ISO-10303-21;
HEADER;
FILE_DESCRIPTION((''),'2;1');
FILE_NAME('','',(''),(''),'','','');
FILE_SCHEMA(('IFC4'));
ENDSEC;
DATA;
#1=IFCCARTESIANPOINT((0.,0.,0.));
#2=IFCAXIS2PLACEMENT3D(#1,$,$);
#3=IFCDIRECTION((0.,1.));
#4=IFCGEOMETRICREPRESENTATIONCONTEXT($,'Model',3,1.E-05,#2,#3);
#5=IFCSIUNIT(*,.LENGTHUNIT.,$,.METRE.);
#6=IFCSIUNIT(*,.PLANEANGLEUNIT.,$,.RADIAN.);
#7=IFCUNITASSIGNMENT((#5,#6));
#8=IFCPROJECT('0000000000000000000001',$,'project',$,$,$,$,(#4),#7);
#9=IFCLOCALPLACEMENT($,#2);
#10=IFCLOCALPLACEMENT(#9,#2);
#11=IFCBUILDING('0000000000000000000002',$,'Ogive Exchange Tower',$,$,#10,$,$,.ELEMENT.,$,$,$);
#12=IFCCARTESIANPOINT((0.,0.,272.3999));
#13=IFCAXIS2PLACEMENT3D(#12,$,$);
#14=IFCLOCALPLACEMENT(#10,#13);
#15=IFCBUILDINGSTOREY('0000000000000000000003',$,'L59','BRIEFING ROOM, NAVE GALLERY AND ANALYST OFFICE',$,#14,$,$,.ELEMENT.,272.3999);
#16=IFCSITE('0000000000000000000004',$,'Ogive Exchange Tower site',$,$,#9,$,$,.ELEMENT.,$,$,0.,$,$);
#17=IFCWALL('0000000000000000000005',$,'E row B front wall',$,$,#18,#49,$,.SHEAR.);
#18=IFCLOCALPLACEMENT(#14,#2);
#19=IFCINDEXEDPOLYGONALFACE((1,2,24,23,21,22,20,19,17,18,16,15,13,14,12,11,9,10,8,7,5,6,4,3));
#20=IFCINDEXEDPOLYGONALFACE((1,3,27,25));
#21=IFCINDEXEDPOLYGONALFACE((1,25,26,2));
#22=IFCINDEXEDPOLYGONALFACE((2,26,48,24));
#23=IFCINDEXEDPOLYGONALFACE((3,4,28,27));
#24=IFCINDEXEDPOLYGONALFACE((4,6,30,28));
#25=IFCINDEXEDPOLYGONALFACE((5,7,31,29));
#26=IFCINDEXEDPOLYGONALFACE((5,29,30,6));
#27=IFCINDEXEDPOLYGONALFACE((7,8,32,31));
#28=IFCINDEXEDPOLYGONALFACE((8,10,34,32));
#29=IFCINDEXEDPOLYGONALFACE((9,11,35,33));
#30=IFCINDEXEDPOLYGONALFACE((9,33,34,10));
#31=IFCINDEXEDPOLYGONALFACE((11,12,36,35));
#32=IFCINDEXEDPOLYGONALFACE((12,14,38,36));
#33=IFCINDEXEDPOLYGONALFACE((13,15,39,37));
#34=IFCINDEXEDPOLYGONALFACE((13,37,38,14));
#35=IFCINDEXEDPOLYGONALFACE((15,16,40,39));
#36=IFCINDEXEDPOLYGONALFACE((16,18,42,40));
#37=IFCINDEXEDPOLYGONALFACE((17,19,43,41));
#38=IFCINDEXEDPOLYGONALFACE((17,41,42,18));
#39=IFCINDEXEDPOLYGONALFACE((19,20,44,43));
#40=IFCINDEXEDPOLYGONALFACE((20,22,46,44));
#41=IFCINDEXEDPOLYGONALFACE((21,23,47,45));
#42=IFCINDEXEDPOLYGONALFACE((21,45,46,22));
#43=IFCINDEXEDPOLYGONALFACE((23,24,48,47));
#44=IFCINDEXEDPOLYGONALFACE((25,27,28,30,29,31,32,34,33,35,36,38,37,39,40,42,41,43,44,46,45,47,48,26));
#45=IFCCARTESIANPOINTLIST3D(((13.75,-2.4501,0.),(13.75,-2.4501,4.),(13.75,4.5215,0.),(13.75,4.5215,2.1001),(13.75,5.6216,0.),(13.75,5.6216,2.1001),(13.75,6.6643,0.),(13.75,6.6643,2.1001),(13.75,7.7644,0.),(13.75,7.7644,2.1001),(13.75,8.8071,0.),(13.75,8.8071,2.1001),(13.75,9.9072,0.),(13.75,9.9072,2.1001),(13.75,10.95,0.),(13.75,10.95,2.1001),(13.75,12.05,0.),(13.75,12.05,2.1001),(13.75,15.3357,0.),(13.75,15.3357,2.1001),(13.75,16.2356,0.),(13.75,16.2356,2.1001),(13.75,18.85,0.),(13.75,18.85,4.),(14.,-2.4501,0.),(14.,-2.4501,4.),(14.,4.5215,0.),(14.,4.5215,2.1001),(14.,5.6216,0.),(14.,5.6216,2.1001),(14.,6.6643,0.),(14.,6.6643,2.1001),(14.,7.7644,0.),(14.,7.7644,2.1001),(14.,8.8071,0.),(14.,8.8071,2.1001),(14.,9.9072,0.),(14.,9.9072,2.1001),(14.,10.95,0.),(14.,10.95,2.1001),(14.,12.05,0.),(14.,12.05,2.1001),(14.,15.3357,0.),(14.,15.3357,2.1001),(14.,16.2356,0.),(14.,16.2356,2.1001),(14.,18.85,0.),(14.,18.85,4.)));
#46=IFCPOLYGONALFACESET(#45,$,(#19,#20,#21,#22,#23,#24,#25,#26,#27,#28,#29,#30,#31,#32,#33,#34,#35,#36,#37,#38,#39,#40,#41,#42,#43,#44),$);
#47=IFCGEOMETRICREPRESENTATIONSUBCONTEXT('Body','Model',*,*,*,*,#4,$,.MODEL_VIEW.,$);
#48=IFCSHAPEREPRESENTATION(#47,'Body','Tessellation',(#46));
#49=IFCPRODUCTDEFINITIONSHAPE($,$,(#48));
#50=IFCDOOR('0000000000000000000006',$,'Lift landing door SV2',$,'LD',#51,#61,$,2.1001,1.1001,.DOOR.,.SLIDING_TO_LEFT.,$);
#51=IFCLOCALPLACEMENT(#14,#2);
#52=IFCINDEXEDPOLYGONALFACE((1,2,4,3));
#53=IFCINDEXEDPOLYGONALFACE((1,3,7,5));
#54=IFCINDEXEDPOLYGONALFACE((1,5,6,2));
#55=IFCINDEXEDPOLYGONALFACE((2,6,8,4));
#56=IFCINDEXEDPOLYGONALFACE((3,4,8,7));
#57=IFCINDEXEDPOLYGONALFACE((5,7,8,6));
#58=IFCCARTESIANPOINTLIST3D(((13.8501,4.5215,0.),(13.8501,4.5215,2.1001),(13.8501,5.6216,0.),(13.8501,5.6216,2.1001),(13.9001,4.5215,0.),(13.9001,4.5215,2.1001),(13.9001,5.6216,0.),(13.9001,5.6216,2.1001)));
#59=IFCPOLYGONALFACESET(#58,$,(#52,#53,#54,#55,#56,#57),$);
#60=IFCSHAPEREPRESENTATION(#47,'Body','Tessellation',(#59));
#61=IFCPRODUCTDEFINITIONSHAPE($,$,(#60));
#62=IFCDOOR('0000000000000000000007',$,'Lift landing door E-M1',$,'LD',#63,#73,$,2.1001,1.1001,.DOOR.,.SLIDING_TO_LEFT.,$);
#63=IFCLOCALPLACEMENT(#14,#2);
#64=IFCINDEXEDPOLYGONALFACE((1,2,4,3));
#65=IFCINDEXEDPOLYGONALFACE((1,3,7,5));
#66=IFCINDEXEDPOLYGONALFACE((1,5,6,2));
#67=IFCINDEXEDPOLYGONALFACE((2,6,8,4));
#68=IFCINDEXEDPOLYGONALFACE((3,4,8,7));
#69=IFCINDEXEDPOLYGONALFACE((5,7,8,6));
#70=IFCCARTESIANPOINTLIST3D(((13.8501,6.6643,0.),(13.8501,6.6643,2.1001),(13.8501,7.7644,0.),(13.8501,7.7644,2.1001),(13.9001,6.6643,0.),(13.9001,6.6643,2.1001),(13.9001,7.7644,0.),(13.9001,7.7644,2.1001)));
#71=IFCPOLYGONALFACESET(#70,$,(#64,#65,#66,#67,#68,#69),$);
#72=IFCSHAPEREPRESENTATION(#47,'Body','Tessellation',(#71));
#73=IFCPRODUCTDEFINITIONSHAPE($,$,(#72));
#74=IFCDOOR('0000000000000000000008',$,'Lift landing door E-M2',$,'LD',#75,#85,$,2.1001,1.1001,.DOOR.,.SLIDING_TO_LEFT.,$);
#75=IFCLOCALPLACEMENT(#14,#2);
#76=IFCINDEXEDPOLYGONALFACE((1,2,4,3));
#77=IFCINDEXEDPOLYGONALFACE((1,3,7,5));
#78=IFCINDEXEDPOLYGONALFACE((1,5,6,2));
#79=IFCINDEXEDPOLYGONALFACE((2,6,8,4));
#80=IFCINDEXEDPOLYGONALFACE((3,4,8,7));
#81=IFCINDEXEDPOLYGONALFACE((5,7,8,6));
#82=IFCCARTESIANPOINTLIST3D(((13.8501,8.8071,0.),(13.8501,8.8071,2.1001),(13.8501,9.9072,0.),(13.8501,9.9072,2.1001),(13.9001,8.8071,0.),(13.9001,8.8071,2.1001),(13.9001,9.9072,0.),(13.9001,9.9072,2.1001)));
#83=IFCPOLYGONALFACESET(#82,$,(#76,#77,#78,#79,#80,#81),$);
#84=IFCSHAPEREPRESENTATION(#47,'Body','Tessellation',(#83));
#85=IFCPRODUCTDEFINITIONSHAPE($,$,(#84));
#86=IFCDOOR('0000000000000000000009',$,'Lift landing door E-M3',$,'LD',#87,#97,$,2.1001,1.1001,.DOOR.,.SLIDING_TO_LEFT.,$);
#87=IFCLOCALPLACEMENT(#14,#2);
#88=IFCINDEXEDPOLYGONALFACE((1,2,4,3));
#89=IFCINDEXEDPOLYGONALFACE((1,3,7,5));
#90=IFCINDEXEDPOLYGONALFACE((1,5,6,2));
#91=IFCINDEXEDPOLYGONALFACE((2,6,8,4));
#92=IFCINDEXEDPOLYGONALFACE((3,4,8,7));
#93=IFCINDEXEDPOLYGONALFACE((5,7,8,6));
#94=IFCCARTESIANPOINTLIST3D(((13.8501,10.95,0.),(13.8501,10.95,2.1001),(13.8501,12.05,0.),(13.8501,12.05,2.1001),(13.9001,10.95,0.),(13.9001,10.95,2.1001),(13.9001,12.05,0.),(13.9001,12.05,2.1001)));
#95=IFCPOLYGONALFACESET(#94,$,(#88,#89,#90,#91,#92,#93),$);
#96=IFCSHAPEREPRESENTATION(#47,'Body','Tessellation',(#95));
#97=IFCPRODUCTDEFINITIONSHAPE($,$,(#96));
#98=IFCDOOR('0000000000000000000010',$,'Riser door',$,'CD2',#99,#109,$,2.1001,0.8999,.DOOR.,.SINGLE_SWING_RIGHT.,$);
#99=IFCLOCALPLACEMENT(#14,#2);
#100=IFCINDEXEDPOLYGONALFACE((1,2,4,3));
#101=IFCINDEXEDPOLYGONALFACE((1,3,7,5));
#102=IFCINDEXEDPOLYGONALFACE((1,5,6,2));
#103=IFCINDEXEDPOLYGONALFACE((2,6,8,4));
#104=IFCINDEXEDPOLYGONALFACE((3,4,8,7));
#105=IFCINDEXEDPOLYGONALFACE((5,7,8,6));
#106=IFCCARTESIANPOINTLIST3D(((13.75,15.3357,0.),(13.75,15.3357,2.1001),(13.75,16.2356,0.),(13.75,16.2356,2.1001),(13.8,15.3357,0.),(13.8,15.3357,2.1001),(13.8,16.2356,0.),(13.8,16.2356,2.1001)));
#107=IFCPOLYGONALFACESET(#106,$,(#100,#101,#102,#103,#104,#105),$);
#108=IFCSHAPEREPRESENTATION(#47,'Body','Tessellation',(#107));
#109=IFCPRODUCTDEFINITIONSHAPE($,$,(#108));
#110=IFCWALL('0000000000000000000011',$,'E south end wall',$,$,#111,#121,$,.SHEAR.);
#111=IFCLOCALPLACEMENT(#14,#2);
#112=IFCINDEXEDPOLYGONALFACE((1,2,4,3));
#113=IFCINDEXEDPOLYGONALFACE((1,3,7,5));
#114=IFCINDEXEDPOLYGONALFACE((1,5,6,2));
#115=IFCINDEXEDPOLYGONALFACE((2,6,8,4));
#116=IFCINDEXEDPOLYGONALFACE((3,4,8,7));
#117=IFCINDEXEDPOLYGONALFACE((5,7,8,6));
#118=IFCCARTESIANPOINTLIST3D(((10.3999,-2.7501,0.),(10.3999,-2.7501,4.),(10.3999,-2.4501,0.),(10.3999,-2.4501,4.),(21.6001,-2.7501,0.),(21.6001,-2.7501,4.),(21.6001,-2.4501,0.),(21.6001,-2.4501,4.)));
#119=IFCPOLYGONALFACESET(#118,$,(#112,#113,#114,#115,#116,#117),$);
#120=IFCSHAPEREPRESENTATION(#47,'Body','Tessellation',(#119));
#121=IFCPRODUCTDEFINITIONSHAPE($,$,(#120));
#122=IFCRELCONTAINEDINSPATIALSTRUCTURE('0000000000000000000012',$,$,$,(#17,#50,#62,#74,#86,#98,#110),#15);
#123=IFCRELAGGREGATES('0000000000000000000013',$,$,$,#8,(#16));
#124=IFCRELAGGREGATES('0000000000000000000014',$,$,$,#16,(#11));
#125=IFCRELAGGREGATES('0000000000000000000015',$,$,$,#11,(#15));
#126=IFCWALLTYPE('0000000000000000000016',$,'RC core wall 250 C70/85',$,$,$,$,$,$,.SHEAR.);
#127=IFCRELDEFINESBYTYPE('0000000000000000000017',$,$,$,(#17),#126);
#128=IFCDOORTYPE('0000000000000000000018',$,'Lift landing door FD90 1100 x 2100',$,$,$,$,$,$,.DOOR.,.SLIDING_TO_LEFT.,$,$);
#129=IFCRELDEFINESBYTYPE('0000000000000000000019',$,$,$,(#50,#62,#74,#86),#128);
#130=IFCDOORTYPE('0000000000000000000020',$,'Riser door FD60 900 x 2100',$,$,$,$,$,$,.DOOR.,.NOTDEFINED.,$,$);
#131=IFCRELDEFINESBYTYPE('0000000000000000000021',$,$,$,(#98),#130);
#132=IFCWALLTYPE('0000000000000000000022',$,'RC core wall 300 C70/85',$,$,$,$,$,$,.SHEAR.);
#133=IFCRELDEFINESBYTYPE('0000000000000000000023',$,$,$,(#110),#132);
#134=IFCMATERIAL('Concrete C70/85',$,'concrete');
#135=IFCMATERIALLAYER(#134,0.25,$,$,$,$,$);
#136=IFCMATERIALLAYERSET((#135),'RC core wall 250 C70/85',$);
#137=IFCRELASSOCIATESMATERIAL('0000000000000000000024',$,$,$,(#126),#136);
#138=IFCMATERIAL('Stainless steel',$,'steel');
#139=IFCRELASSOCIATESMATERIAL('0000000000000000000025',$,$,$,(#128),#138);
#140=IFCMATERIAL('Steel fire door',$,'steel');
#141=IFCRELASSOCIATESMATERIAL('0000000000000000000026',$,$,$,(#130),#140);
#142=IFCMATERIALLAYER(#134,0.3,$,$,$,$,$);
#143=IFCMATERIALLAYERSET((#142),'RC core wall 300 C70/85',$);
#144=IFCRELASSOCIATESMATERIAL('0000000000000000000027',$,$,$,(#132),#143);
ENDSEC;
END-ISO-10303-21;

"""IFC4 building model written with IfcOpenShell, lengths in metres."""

from ifc_helpers import new_model, si_unit, direction, frame, frame_2d, origin, place, context, subcontext, project, spatial, rectangle, extrude, material, layer, layer_set, type_object, element, fill, save


model = new_model("IFC4")

# Units and contexts
model_context = context("Model", 3, precision=1e-05, world=origin(), true_north=direction((0.0, 1.0)))
body_context = subcontext(model_context, "Body", "Model", "MODEL_VIEW")
ifc_project = project(units=[si_unit("LENGTHUNIT", "METRE"), si_unit("PLANEANGLEUNIT", "RADIAN")], contexts=[model_context])

# Site, building, storey
site_placement = place(None, origin())
site = spatial("IfcSite", under=ifc_project, at=site_placement, Name="Ogive Exchange Tower site", CompositionType="ELEMENT", RefElevation=0.0)
building_placement = place(site_placement, origin())
building = spatial("IfcBuilding", under=site, at=building_placement, Name="Ogive Exchange Tower", CompositionType="ELEMENT")
storey_placement = place(building_placement, frame((0.0, 0.0, 272.3999)))
storey = spatial("IfcBuildingStorey", under=building, at=storey_placement, Name="L59", Description="BRIEFING ROOM, NAVE GALLERY AND ANALYST OFFICE", CompositionType="ELEMENT", Elevation=272.3999)

# Wall, openings, doors
ifc_material_1 = material(Name="Concrete C70/85", Category="concrete")
ifc_layer_1 = layer(ifc_material_1, 0.25)
ifc_layer_set_1 = layer_set([ifc_layer_1], Name="RC core wall 250 C70/85")
wall_type_1 = type_object("IfcWallType", Name="RC core wall 250 C70/85", PredefinedType="SHEAR", material=ifc_layer_set_1)
wall_1_placement = place(storey_placement, frame((13.875, -2.45, 0.0), z_axis=(0.0, 0.0, 1.0), x_axis=(0.0, 1.0, 0.0)))
wall_1 = element("IfcWall", 1, at=wall_1_placement, inside=storey, type_object=wall_type_1, Name="E row B front wall", PredefinedType="SHEAR", context=body_context, shape_type="SweptSolid", body=[
    extrude(rectangle(XDim=21.3, YDim=0.25, at=frame_2d((10.6499, 0.0))), origin(), (0.0, 0.0, 1.0), 4.0),
])
opening_1_placement = place(wall_1_placement, frame((17.7856, 0.0, 0.0)))
opening_1 = element("IfcOpeningElement", 2, at=opening_1_placement, cuts=wall_1, PredefinedType="OPENING", context=body_context, shape_type="SweptSolid", body=[
    extrude(rectangle(XDim=0.8999, YDim=2.1001, at=frame_2d((0.45, 1.05))), frame((0.0, 0.135, 0.0), z_axis=(0.0, -1.0, 0.0), x_axis=(1.0, 0.0, 0.0)), (0.0, 0.0, 1.0), 0.27),
])
opening_2_placement = place(wall_1_placement, frame((6.9714, 0.0, 0.0)))
opening_2 = element("IfcOpeningElement", 3, at=opening_2_placement, cuts=wall_1, PredefinedType="OPENING", context=body_context, shape_type="SweptSolid", body=[
    extrude(rectangle(XDim=1.1001, YDim=2.1001, at=frame_2d((0.55, 1.05))), frame((0.0, 0.135, 0.0), z_axis=(0.0, -1.0, 0.0), x_axis=(1.0, 0.0, 0.0)), (0.0, 0.0, 1.0), 0.27),
])
opening_3_placement = place(wall_1_placement, frame((9.1143, 0.0, 0.0)))
opening_3 = element("IfcOpeningElement", 4, at=opening_3_placement, cuts=wall_1, PredefinedType="OPENING", context=body_context, shape_type="SweptSolid", body=[
    extrude(rectangle(XDim=1.1001, YDim=2.1001, at=frame_2d((0.55, 1.05))), frame((0.0, 0.135, 0.0), z_axis=(0.0, -1.0, 0.0), x_axis=(1.0, 0.0, 0.0)), (0.0, 0.0, 1.0), 0.27),
])
opening_4_placement = place(wall_1_placement, frame((11.2571, 0.0, 0.0)))
opening_4 = element("IfcOpeningElement", 5, at=opening_4_placement, cuts=wall_1, PredefinedType="OPENING", context=body_context, shape_type="SweptSolid", body=[
    extrude(rectangle(XDim=1.1001, YDim=2.1001, at=frame_2d((0.55, 1.05))), frame((0.0, 0.135, 0.0), z_axis=(0.0, -1.0, 0.0), x_axis=(1.0, 0.0, 0.0)), (0.0, 0.0, 1.0), 0.27),
])
opening_5_placement = place(wall_1_placement, frame((13.3999, 0.0, 0.0)))
opening_5 = element("IfcOpeningElement", 6, at=opening_5_placement, cuts=wall_1, PredefinedType="OPENING", context=body_context, shape_type="SweptSolid", body=[
    extrude(rectangle(XDim=1.1001, YDim=2.1001, at=frame_2d((0.55, 1.05))), frame((0.0, 0.135, 0.0), z_axis=(0.0, -1.0, 0.0), x_axis=(1.0, 0.0, 0.0)), (0.0, 0.0, 1.0), 0.27),
])
ifc_material_2 = material(Name="Stainless steel", Category="steel")
door_type_1 = type_object("IfcDoorType", Name="Lift landing door FD90 1100 x 2100", OperationType="SLIDING_TO_LEFT", PredefinedType="DOOR", material=ifc_material_2)
door_1_placement = place(opening_2_placement, origin())
door_1 = element("IfcDoor", 7, at=door_1_placement, inside=storey, type_object=door_type_1, Name="Lift landing door SV2", ObjectType="LD", OperationType="SLIDING_TO_LEFT", OverallHeight=2.1001, OverallWidth=1.1001, PredefinedType="DOOR", context=body_context, shape_type="SweptSolid", body=[
    extrude(rectangle(XDim=1.1001, YDim=2.1001, at=frame_2d((0.55, 1.05))), frame((0.0, 0.0249, 0.0), z_axis=(0.0, -1.0, 0.0), x_axis=(1.0, 0.0, 0.0)), (0.0, 0.0, 1.0), 0.05),
])
fill(opening_2, door_1)
door_2_placement = place(opening_3_placement, origin())
door_2 = element("IfcDoor", 8, at=door_2_placement, inside=storey, type_object=door_type_1, Name="Lift landing door E-M1", ObjectType="LD", OperationType="SLIDING_TO_LEFT", OverallHeight=2.1001, OverallWidth=1.1001, PredefinedType="DOOR", context=body_context, shape_type="SweptSolid", body=[
    extrude(rectangle(XDim=1.1001, YDim=2.1001, at=frame_2d((0.55, 1.05))), frame((0.0, 0.0249, 0.0), z_axis=(0.0, -1.0, 0.0), x_axis=(1.0, 0.0, 0.0)), (0.0, 0.0, 1.0), 0.05),
])
fill(opening_3, door_2)
door_3_placement = place(opening_4_placement, origin())
door_3 = element("IfcDoor", 9, at=door_3_placement, inside=storey, type_object=door_type_1, Name="Lift landing door E-M2", ObjectType="LD", OperationType="SLIDING_TO_LEFT", OverallHeight=2.1001, OverallWidth=1.1001, PredefinedType="DOOR", context=body_context, shape_type="SweptSolid", body=[
    extrude(rectangle(XDim=1.1001, YDim=2.1001, at=frame_2d((0.55, 1.05))), frame((0.0, 0.0249, 0.0), z_axis=(0.0, -1.0, 0.0), x_axis=(1.0, 0.0, 0.0)), (0.0, 0.0, 1.0), 0.05),
])
fill(opening_4, door_3)
door_4_placement = place(opening_5_placement, origin())
door_4 = element("IfcDoor", 10, at=door_4_placement, inside=storey, type_object=door_type_1, Name="Lift landing door E-M3", ObjectType="LD", OperationType="SLIDING_TO_LEFT", OverallHeight=2.1001, OverallWidth=1.1001, PredefinedType="DOOR", context=body_context, shape_type="SweptSolid", body=[
    extrude(rectangle(XDim=1.1001, YDim=2.1001, at=frame_2d((0.55, 1.05))), frame((0.0, 0.0249, 0.0), z_axis=(0.0, -1.0, 0.0), x_axis=(1.0, 0.0, 0.0)), (0.0, 0.0, 1.0), 0.05),
])
fill(opening_5, door_4)
ifc_material_3 = material(Name="Steel fire door", Category="steel")
door_type_2 = type_object("IfcDoorType", Name="Riser door FD60 900 x 2100", OperationType="NOTDEFINED", PredefinedType="DOOR", material=ifc_material_3)
door_5_placement = place(opening_1_placement, origin())
door_5 = element("IfcDoor", 11, at=door_5_placement, inside=storey, type_object=door_type_2, Name="Riser door", ObjectType="CD2", OperationType="SINGLE_SWING_RIGHT", OverallHeight=2.1001, OverallWidth=0.8999, PredefinedType="DOOR", context=body_context, shape_type="SweptSolid", body=[
    extrude(rectangle(XDim=0.8999, YDim=2.1001, at=frame_2d((0.45, 1.05))), frame((0.0, 0.125, 0.0), z_axis=(0.0, -1.0, 0.0), x_axis=(1.0, 0.0, 0.0)), (0.0, 0.0, 1.0), 0.05),
])
fill(opening_1, door_5)

# Wall
ifc_layer_2 = layer(ifc_material_1, 0.3)
ifc_layer_set_2 = layer_set([ifc_layer_2], Name="RC core wall 300 C70/85")
wall_type_2 = type_object("IfcWallType", Name="RC core wall 300 C70/85", PredefinedType="SHEAR", material=ifc_layer_set_2)
wall_2_placement = place(storey_placement, frame((10.3999, -2.6001, 0.0), z_axis=(0.0, 0.0, 1.0), x_axis=(1.0, 0.0, 0.0)))
element("IfcWall", 12, at=wall_2_placement, inside=storey, type_object=wall_type_2, Name="E south end wall", PredefinedType="SHEAR", context=body_context, shape_type="SweptSolid", body=[
    extrude(rectangle(XDim=11.2002, YDim=0.3, at=frame_2d((5.6001, 0.0))), origin(), (0.0, 0.0, 1.0), 4.0),
])

save(model, "model.ifc")
